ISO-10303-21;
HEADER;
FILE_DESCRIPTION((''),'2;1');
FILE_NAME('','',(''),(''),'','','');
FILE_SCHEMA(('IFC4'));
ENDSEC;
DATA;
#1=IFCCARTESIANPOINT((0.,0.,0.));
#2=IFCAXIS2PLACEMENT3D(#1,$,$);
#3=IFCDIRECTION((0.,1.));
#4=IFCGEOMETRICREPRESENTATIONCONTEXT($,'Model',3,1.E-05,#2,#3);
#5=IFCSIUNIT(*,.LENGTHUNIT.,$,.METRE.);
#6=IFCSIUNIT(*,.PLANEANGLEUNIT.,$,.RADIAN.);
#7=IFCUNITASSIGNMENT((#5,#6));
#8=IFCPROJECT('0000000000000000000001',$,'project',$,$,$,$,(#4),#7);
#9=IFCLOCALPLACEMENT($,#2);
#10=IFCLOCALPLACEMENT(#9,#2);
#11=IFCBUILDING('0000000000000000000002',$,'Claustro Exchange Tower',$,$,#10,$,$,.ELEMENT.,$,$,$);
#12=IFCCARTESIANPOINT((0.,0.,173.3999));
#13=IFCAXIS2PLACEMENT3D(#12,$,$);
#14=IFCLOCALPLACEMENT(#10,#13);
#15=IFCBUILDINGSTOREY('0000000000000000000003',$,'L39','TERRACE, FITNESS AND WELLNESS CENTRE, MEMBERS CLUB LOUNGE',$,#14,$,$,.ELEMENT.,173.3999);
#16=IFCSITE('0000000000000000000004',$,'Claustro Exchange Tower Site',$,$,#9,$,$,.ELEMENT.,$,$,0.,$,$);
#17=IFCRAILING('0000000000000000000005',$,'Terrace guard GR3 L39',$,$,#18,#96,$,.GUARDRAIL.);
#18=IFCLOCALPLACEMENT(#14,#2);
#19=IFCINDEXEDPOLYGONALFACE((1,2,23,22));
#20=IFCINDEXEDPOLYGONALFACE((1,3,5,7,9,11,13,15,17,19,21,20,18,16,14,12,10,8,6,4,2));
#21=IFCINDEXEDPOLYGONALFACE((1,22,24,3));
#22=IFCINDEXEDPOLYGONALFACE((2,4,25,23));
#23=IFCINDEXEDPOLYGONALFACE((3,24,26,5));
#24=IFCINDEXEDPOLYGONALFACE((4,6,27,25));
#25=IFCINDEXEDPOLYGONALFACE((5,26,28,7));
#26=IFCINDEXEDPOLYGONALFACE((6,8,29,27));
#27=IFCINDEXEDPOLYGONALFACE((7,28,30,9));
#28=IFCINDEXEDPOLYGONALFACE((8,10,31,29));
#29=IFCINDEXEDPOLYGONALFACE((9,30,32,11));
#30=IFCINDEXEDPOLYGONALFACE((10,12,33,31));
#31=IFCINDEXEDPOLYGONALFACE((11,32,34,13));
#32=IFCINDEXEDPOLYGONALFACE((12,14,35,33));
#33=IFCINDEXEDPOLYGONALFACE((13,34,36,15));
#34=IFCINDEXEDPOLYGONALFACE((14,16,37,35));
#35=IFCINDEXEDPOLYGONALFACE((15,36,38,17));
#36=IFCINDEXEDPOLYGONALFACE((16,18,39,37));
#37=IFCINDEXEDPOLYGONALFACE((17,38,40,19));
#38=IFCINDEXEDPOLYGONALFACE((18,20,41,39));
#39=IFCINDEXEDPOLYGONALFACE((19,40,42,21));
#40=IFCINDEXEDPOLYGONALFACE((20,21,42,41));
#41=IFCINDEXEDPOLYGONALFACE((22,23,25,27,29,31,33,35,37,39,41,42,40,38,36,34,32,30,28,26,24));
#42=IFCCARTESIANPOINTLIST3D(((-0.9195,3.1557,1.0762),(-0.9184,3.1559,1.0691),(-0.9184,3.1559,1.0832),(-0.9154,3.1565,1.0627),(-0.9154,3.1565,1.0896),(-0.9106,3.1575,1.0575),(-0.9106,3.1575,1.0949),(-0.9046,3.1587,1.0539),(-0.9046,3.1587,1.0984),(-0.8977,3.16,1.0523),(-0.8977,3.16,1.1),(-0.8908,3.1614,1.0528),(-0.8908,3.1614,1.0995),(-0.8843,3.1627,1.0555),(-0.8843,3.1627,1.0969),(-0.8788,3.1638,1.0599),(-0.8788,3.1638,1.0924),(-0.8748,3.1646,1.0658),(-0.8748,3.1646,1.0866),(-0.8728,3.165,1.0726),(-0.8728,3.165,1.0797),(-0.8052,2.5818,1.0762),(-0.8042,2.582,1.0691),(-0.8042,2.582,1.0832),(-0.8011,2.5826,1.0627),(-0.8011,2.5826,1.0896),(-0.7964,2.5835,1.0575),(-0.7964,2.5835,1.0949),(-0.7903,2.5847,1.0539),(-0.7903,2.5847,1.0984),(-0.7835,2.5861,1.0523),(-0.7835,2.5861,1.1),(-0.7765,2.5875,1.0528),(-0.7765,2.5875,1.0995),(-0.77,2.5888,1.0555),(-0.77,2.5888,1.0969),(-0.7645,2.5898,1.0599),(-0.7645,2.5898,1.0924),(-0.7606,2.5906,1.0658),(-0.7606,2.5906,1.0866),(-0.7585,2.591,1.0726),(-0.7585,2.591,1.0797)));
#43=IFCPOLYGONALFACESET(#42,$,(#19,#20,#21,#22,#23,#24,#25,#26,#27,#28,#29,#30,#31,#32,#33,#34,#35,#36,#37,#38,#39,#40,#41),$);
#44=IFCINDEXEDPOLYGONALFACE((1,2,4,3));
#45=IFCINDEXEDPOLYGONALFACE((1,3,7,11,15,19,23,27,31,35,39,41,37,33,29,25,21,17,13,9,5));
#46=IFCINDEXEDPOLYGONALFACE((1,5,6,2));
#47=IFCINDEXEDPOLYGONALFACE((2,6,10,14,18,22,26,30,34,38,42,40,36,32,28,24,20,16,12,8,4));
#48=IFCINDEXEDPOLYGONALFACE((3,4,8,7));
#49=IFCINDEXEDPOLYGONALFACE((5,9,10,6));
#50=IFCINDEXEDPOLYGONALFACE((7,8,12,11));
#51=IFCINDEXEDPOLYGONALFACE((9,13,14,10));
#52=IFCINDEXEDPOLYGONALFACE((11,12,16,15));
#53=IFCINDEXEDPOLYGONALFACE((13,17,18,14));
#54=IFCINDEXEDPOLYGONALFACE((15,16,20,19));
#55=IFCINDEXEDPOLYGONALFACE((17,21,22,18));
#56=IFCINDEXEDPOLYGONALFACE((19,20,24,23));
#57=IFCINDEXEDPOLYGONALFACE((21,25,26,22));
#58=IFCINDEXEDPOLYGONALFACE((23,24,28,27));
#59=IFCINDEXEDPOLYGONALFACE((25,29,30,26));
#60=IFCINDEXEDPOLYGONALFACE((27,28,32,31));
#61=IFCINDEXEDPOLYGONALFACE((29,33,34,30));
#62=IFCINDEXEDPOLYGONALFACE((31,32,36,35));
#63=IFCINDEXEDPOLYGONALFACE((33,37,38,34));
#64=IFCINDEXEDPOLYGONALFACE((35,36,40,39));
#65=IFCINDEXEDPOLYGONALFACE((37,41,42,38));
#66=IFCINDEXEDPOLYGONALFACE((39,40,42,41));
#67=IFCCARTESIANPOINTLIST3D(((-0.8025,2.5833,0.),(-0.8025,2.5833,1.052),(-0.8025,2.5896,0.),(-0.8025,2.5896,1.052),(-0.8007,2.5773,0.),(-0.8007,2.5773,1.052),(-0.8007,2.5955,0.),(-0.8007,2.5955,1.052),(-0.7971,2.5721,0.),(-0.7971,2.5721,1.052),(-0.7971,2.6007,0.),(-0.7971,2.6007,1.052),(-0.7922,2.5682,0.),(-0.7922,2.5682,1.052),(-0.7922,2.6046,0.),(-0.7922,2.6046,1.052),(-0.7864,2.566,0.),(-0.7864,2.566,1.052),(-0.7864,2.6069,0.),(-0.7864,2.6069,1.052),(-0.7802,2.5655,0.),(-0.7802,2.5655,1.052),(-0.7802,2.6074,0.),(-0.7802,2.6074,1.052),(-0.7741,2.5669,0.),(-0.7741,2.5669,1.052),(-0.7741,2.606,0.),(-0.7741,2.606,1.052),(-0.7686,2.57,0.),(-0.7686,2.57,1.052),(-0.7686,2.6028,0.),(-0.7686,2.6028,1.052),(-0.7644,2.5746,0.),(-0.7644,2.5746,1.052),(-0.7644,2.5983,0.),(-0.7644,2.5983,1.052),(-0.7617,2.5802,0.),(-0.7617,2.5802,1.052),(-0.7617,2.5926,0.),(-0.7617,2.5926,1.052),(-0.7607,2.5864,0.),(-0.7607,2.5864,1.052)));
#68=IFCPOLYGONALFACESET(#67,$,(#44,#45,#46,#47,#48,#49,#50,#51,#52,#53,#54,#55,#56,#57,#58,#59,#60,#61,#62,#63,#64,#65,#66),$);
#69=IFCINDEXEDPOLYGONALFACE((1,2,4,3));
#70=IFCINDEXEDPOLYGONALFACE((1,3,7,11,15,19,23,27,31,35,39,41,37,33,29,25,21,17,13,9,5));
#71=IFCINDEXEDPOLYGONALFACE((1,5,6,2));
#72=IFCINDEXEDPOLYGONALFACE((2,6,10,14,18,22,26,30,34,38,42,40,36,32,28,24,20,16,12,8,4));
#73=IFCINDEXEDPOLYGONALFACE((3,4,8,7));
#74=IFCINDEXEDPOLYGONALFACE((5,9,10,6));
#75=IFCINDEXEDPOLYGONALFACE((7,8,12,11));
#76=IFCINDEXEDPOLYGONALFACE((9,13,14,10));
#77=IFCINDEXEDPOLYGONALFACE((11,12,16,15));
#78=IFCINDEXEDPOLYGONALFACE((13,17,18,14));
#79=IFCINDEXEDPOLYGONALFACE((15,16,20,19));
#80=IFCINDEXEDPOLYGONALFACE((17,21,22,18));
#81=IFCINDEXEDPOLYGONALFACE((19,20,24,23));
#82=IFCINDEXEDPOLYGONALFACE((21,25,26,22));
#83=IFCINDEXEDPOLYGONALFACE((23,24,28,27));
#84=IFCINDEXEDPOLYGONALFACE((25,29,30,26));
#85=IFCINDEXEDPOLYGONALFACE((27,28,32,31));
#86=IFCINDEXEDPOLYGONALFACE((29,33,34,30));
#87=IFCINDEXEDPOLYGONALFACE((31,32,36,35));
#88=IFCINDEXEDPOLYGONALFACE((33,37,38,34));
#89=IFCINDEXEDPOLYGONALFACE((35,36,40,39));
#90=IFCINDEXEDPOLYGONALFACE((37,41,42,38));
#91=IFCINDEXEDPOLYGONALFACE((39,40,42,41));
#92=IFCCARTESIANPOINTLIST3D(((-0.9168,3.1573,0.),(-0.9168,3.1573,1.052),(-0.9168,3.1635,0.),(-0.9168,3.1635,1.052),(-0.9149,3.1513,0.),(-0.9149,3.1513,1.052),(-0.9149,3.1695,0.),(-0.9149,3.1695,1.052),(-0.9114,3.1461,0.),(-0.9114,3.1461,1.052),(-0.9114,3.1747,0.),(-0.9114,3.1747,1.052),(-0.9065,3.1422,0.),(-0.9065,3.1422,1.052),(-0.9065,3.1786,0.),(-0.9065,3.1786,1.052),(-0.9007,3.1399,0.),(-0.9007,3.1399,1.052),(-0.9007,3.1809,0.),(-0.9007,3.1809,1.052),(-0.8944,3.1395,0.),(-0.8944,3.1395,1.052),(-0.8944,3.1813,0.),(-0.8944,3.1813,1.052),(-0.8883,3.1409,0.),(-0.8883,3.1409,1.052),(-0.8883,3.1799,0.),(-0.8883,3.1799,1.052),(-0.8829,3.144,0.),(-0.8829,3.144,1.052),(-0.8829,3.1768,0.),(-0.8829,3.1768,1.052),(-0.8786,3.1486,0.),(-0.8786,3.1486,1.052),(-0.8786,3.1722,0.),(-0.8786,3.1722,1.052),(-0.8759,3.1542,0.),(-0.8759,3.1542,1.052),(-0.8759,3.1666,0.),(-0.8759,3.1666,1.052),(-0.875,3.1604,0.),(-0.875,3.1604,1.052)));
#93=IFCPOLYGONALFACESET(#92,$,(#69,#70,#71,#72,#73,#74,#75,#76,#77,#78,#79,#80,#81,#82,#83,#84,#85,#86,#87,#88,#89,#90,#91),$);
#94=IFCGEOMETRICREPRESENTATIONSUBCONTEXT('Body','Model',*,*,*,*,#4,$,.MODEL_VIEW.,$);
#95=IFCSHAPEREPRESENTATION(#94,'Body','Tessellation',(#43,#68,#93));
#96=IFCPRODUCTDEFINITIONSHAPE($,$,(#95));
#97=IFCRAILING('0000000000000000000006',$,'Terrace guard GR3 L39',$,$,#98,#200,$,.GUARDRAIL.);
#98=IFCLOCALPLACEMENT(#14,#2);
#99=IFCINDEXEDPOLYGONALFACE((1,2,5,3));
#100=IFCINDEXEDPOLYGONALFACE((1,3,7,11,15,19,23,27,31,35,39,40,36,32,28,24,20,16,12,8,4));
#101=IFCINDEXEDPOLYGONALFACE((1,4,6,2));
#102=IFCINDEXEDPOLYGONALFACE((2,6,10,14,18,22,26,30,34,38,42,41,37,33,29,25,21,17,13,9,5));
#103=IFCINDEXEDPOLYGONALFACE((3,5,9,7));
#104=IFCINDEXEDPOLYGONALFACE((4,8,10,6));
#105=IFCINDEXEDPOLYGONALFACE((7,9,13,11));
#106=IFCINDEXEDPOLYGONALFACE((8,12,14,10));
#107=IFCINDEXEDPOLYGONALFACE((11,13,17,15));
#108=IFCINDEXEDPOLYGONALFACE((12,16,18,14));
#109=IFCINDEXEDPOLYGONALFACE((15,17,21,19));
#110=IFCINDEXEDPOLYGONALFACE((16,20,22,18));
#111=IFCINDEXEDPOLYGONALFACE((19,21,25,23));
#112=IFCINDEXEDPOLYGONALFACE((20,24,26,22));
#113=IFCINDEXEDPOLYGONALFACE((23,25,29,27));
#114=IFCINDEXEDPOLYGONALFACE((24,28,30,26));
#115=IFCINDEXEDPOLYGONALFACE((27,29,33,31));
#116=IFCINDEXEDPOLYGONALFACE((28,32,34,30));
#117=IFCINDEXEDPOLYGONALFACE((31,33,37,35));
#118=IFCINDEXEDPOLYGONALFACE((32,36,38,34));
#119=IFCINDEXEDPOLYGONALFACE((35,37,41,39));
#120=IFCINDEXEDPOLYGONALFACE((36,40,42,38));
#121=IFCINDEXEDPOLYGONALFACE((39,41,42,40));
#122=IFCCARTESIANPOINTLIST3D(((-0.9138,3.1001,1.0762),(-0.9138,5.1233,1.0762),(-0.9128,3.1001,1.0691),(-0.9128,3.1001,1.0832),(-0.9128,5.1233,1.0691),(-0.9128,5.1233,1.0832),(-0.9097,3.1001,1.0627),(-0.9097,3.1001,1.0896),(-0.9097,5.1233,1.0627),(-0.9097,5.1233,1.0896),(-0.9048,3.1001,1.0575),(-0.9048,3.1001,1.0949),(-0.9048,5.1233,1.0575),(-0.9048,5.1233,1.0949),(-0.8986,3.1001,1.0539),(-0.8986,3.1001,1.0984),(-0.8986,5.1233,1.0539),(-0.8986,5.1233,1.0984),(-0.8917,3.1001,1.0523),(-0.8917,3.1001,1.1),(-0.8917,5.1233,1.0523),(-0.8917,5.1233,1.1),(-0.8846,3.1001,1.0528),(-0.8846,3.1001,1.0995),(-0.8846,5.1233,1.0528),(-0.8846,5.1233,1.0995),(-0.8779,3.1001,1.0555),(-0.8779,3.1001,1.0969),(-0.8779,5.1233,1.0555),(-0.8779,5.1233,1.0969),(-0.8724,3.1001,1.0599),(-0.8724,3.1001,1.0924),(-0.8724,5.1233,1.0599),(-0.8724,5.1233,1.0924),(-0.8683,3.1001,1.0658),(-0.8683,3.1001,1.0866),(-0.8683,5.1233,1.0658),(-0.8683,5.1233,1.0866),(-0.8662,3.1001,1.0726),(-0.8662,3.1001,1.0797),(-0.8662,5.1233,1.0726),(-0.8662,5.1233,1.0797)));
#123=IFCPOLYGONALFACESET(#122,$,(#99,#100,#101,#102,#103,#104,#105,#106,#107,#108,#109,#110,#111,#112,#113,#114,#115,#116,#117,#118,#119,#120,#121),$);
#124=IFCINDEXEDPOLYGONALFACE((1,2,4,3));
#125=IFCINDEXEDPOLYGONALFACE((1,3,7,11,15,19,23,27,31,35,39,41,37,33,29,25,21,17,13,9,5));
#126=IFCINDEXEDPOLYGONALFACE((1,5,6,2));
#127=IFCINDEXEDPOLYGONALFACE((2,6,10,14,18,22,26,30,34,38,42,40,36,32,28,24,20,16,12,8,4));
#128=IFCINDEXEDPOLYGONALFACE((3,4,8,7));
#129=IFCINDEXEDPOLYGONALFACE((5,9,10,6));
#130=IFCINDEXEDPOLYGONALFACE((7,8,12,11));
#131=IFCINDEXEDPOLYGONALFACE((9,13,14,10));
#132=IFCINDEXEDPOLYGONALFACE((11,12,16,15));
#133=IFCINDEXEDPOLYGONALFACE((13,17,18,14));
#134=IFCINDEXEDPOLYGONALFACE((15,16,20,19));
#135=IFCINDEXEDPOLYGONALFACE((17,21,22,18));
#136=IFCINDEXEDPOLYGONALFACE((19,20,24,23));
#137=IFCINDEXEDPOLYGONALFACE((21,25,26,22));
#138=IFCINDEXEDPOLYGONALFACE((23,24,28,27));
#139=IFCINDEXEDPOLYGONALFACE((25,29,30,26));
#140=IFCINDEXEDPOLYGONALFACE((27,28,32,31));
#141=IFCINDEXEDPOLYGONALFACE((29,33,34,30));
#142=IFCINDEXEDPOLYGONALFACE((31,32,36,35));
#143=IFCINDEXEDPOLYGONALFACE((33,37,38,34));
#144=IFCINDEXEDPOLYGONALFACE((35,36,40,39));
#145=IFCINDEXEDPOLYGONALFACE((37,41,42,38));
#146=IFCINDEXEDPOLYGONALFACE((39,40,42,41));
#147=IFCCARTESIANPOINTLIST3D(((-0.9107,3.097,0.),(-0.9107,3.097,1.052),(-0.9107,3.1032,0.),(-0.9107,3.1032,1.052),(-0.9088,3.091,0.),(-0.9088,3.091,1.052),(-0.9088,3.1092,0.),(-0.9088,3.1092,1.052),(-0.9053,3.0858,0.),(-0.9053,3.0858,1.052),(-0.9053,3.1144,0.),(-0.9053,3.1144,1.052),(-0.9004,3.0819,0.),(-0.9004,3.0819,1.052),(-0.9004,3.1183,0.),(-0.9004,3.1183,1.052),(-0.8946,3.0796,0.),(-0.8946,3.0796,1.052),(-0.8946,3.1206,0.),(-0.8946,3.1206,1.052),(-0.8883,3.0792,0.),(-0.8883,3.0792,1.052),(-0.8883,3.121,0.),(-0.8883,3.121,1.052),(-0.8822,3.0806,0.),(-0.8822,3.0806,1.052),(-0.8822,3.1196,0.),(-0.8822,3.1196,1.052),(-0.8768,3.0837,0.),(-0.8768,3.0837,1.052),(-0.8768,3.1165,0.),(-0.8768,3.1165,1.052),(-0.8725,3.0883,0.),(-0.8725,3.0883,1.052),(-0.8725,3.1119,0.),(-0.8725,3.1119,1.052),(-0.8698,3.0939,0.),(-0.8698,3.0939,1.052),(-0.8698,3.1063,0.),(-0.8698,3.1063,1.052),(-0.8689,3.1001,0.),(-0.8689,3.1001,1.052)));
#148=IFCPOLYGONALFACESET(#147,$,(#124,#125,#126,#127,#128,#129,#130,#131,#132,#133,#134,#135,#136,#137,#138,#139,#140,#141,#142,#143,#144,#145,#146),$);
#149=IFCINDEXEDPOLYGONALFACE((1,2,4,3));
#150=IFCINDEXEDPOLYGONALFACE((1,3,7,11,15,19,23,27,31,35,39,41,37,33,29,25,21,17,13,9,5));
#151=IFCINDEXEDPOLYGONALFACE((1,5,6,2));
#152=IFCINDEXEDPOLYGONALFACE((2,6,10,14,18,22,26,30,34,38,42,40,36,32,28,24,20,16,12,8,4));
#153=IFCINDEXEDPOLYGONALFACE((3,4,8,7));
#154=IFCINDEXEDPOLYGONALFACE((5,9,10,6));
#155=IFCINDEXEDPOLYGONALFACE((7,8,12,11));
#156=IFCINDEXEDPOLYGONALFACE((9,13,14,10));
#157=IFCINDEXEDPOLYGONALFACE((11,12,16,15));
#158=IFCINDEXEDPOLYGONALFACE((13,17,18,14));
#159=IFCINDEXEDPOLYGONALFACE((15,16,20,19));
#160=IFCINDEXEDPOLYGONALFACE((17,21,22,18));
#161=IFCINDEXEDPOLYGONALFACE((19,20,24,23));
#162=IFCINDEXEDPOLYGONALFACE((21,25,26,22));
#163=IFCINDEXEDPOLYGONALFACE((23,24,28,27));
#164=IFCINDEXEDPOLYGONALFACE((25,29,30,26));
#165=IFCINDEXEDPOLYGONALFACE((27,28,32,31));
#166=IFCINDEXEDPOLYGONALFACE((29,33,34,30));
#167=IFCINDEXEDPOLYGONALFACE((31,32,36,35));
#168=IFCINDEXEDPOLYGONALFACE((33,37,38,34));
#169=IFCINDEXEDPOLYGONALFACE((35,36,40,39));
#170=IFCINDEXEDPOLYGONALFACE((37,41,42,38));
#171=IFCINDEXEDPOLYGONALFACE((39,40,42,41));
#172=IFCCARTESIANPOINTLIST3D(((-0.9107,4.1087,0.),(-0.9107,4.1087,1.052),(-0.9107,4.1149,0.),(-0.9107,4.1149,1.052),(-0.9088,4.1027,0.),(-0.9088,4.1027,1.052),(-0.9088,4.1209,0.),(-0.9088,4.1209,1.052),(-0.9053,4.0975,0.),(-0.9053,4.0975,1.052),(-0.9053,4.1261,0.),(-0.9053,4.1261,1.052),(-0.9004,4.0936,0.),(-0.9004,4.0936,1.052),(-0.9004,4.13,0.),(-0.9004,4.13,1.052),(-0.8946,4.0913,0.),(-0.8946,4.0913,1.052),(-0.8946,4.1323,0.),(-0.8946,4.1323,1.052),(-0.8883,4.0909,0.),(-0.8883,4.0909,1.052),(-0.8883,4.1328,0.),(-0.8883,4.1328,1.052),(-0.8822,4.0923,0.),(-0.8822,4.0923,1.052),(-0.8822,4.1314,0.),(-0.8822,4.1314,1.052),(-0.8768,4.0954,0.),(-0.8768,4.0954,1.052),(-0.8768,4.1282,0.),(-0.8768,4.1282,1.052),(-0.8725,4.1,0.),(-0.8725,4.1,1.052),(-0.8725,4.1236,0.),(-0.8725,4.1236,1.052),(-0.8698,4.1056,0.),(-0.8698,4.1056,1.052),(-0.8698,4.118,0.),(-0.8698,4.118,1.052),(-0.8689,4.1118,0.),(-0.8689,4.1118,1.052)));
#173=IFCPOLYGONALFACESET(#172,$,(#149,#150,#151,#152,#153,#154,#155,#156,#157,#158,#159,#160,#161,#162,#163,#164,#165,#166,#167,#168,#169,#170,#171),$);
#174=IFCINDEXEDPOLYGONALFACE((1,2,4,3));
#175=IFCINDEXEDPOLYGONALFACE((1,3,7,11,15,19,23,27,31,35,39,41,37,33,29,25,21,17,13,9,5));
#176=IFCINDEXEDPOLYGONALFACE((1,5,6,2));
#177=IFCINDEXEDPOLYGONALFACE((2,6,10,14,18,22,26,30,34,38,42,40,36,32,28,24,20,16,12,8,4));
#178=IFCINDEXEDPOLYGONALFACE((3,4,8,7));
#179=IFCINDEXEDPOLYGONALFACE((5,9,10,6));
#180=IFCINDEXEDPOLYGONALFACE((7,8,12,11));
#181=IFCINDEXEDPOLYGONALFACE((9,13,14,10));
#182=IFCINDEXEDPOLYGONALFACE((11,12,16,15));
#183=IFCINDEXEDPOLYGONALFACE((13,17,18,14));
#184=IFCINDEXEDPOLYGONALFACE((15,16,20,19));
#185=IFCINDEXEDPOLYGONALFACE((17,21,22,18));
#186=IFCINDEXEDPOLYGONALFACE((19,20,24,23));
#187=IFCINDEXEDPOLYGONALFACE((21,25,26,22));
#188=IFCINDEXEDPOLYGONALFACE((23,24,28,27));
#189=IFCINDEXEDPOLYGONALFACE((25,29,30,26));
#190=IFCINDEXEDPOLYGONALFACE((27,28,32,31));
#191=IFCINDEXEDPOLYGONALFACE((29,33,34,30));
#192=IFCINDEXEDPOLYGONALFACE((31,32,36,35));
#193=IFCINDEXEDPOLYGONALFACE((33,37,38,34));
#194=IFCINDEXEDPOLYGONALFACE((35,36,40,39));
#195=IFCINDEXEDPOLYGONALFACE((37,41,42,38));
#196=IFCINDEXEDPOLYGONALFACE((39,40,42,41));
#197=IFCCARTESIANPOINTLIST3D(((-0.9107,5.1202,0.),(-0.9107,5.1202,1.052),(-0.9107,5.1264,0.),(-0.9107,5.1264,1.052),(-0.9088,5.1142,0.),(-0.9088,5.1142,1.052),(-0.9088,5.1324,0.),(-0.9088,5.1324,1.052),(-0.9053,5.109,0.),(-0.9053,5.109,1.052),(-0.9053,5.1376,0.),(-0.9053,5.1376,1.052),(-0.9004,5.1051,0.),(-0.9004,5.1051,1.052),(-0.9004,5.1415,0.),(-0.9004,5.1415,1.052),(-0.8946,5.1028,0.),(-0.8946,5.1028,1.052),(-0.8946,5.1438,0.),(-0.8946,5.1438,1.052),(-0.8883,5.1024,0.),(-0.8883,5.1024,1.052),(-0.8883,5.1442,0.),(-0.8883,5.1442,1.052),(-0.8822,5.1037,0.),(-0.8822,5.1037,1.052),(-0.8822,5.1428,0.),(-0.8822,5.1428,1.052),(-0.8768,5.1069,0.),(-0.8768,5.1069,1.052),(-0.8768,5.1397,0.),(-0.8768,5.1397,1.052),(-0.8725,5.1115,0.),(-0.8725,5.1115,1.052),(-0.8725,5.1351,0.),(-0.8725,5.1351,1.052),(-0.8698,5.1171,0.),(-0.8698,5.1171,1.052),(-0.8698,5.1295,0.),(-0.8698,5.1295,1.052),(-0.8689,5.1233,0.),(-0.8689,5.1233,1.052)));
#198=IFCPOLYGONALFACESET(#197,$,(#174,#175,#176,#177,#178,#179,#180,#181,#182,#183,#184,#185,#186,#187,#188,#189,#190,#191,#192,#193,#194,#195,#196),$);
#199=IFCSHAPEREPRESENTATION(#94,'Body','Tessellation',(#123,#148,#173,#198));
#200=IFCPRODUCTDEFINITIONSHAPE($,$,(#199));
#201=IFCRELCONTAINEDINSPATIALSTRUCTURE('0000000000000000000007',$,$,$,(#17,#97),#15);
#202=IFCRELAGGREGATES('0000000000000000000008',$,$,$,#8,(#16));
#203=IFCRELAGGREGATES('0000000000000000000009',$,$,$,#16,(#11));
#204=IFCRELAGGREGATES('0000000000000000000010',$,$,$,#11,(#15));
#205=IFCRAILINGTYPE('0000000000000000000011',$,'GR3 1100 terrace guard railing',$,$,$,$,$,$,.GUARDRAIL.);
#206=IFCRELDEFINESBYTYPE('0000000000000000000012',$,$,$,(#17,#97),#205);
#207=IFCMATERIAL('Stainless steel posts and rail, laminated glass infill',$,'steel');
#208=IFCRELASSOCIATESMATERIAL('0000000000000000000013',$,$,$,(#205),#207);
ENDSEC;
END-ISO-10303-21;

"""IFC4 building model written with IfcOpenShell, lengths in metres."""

from ifc_helpers import new_model, si_unit, direction, frame, origin, origin_2d, place, context, subcontext, project, spatial, circle, extrude, material, type_object, element, save


model = new_model("IFC4")

# Units and contexts
model_context = context("Model", 3, precision=1e-05, world=origin(), true_north=direction((0.0, 1.0)))
body_context = subcontext(model_context, "Body", "Model", "MODEL_VIEW")
ifc_project = project(units=[si_unit("LENGTHUNIT", "METRE"), si_unit("PLANEANGLEUNIT", "RADIAN")], contexts=[model_context])

# Site, building, storey
site_placement = place(None, origin())
site = spatial("IfcSite", under=ifc_project, at=site_placement, Name="Claustro Exchange Tower Site", CompositionType="ELEMENT", RefElevation=0.0)
building_placement = place(site_placement, origin())
building = spatial("IfcBuilding", under=site, at=building_placement, Name="Claustro Exchange Tower", CompositionType="ELEMENT")
storey_placement = place(building_placement, frame((0.0, 0.0, 173.3999)))
storey = spatial("IfcBuildingStorey", under=building, at=storey_placement, Name="L39", Description="TERRACE, FITNESS AND WELLNESS CENTRE, MEMBERS CLUB LOUNGE", CompositionType="ELEMENT", Elevation=173.3999)

# Railings
ifc_material_1 = material(Name="Stainless steel posts and rail, laminated glass infill", Category="steel")
railing_type_1 = type_object("IfcRailingType", Name="GR3 1100 terrace guard railing", PredefinedType="GUARDRAIL", material=ifc_material_1)
railing_1_placement = place(storey_placement, frame((-0.7817, 2.5864, 0.0)))
element("IfcRailing", 1, at=railing_1_placement, inside=storey, type_object=railing_type_1, Name="Terrace guard GR3 L39", PredefinedType="GUARDRAIL", context=body_context, shape_type="SweptSolid", body=[
    extrude(circle(Radius=0.0239, at=origin_2d()), frame((0.0, 0.0, 1.0762), z_axis=(-0.195234, 0.980757, 0.0), x_axis=(-0.980757, -0.195234, 0.0)), (0.0, 0.0, 1.0), 0.5852),
    extrude(circle(Radius=0.021, at=origin_2d()), origin(), (0.0, 0.0, 1.0), 1.052),
    extrude(circle(Radius=0.021, at=origin_2d()), frame((-0.1143, 0.574, 0.0)), (0.0, 0.0, 1.0), 1.052),
])
railing_2_placement = place(storey_placement, frame((-0.8899, 3.1001, 0.0)))
element("IfcRailing", 2, at=railing_2_placement, inside=storey, type_object=railing_type_1, Name="Terrace guard GR3 L39", PredefinedType="GUARDRAIL", context=body_context, shape_type="SweptSolid", body=[
    extrude(circle(Radius=0.0239, at=origin_2d()), frame((0.0, 0.0, 1.0762), z_axis=(0.0, 1.0, 0.0), x_axis=(-1.0, 0.0, 0.0)), (0.0, 0.0, 1.0), 2.0232),
    extrude(circle(Radius=0.021, at=origin_2d()), origin(), (0.0, 0.0, 1.0), 1.052),
    extrude(circle(Radius=0.021, at=origin_2d()), frame((0.0, 1.0117, 0.0)), (0.0, 0.0, 1.0), 1.052),
    extrude(circle(Radius=0.021, at=origin_2d()), frame((0.0, 2.0232, 0.0)), (0.0, 0.0, 1.0), 1.052),
])

save(model, "model.ifc")
